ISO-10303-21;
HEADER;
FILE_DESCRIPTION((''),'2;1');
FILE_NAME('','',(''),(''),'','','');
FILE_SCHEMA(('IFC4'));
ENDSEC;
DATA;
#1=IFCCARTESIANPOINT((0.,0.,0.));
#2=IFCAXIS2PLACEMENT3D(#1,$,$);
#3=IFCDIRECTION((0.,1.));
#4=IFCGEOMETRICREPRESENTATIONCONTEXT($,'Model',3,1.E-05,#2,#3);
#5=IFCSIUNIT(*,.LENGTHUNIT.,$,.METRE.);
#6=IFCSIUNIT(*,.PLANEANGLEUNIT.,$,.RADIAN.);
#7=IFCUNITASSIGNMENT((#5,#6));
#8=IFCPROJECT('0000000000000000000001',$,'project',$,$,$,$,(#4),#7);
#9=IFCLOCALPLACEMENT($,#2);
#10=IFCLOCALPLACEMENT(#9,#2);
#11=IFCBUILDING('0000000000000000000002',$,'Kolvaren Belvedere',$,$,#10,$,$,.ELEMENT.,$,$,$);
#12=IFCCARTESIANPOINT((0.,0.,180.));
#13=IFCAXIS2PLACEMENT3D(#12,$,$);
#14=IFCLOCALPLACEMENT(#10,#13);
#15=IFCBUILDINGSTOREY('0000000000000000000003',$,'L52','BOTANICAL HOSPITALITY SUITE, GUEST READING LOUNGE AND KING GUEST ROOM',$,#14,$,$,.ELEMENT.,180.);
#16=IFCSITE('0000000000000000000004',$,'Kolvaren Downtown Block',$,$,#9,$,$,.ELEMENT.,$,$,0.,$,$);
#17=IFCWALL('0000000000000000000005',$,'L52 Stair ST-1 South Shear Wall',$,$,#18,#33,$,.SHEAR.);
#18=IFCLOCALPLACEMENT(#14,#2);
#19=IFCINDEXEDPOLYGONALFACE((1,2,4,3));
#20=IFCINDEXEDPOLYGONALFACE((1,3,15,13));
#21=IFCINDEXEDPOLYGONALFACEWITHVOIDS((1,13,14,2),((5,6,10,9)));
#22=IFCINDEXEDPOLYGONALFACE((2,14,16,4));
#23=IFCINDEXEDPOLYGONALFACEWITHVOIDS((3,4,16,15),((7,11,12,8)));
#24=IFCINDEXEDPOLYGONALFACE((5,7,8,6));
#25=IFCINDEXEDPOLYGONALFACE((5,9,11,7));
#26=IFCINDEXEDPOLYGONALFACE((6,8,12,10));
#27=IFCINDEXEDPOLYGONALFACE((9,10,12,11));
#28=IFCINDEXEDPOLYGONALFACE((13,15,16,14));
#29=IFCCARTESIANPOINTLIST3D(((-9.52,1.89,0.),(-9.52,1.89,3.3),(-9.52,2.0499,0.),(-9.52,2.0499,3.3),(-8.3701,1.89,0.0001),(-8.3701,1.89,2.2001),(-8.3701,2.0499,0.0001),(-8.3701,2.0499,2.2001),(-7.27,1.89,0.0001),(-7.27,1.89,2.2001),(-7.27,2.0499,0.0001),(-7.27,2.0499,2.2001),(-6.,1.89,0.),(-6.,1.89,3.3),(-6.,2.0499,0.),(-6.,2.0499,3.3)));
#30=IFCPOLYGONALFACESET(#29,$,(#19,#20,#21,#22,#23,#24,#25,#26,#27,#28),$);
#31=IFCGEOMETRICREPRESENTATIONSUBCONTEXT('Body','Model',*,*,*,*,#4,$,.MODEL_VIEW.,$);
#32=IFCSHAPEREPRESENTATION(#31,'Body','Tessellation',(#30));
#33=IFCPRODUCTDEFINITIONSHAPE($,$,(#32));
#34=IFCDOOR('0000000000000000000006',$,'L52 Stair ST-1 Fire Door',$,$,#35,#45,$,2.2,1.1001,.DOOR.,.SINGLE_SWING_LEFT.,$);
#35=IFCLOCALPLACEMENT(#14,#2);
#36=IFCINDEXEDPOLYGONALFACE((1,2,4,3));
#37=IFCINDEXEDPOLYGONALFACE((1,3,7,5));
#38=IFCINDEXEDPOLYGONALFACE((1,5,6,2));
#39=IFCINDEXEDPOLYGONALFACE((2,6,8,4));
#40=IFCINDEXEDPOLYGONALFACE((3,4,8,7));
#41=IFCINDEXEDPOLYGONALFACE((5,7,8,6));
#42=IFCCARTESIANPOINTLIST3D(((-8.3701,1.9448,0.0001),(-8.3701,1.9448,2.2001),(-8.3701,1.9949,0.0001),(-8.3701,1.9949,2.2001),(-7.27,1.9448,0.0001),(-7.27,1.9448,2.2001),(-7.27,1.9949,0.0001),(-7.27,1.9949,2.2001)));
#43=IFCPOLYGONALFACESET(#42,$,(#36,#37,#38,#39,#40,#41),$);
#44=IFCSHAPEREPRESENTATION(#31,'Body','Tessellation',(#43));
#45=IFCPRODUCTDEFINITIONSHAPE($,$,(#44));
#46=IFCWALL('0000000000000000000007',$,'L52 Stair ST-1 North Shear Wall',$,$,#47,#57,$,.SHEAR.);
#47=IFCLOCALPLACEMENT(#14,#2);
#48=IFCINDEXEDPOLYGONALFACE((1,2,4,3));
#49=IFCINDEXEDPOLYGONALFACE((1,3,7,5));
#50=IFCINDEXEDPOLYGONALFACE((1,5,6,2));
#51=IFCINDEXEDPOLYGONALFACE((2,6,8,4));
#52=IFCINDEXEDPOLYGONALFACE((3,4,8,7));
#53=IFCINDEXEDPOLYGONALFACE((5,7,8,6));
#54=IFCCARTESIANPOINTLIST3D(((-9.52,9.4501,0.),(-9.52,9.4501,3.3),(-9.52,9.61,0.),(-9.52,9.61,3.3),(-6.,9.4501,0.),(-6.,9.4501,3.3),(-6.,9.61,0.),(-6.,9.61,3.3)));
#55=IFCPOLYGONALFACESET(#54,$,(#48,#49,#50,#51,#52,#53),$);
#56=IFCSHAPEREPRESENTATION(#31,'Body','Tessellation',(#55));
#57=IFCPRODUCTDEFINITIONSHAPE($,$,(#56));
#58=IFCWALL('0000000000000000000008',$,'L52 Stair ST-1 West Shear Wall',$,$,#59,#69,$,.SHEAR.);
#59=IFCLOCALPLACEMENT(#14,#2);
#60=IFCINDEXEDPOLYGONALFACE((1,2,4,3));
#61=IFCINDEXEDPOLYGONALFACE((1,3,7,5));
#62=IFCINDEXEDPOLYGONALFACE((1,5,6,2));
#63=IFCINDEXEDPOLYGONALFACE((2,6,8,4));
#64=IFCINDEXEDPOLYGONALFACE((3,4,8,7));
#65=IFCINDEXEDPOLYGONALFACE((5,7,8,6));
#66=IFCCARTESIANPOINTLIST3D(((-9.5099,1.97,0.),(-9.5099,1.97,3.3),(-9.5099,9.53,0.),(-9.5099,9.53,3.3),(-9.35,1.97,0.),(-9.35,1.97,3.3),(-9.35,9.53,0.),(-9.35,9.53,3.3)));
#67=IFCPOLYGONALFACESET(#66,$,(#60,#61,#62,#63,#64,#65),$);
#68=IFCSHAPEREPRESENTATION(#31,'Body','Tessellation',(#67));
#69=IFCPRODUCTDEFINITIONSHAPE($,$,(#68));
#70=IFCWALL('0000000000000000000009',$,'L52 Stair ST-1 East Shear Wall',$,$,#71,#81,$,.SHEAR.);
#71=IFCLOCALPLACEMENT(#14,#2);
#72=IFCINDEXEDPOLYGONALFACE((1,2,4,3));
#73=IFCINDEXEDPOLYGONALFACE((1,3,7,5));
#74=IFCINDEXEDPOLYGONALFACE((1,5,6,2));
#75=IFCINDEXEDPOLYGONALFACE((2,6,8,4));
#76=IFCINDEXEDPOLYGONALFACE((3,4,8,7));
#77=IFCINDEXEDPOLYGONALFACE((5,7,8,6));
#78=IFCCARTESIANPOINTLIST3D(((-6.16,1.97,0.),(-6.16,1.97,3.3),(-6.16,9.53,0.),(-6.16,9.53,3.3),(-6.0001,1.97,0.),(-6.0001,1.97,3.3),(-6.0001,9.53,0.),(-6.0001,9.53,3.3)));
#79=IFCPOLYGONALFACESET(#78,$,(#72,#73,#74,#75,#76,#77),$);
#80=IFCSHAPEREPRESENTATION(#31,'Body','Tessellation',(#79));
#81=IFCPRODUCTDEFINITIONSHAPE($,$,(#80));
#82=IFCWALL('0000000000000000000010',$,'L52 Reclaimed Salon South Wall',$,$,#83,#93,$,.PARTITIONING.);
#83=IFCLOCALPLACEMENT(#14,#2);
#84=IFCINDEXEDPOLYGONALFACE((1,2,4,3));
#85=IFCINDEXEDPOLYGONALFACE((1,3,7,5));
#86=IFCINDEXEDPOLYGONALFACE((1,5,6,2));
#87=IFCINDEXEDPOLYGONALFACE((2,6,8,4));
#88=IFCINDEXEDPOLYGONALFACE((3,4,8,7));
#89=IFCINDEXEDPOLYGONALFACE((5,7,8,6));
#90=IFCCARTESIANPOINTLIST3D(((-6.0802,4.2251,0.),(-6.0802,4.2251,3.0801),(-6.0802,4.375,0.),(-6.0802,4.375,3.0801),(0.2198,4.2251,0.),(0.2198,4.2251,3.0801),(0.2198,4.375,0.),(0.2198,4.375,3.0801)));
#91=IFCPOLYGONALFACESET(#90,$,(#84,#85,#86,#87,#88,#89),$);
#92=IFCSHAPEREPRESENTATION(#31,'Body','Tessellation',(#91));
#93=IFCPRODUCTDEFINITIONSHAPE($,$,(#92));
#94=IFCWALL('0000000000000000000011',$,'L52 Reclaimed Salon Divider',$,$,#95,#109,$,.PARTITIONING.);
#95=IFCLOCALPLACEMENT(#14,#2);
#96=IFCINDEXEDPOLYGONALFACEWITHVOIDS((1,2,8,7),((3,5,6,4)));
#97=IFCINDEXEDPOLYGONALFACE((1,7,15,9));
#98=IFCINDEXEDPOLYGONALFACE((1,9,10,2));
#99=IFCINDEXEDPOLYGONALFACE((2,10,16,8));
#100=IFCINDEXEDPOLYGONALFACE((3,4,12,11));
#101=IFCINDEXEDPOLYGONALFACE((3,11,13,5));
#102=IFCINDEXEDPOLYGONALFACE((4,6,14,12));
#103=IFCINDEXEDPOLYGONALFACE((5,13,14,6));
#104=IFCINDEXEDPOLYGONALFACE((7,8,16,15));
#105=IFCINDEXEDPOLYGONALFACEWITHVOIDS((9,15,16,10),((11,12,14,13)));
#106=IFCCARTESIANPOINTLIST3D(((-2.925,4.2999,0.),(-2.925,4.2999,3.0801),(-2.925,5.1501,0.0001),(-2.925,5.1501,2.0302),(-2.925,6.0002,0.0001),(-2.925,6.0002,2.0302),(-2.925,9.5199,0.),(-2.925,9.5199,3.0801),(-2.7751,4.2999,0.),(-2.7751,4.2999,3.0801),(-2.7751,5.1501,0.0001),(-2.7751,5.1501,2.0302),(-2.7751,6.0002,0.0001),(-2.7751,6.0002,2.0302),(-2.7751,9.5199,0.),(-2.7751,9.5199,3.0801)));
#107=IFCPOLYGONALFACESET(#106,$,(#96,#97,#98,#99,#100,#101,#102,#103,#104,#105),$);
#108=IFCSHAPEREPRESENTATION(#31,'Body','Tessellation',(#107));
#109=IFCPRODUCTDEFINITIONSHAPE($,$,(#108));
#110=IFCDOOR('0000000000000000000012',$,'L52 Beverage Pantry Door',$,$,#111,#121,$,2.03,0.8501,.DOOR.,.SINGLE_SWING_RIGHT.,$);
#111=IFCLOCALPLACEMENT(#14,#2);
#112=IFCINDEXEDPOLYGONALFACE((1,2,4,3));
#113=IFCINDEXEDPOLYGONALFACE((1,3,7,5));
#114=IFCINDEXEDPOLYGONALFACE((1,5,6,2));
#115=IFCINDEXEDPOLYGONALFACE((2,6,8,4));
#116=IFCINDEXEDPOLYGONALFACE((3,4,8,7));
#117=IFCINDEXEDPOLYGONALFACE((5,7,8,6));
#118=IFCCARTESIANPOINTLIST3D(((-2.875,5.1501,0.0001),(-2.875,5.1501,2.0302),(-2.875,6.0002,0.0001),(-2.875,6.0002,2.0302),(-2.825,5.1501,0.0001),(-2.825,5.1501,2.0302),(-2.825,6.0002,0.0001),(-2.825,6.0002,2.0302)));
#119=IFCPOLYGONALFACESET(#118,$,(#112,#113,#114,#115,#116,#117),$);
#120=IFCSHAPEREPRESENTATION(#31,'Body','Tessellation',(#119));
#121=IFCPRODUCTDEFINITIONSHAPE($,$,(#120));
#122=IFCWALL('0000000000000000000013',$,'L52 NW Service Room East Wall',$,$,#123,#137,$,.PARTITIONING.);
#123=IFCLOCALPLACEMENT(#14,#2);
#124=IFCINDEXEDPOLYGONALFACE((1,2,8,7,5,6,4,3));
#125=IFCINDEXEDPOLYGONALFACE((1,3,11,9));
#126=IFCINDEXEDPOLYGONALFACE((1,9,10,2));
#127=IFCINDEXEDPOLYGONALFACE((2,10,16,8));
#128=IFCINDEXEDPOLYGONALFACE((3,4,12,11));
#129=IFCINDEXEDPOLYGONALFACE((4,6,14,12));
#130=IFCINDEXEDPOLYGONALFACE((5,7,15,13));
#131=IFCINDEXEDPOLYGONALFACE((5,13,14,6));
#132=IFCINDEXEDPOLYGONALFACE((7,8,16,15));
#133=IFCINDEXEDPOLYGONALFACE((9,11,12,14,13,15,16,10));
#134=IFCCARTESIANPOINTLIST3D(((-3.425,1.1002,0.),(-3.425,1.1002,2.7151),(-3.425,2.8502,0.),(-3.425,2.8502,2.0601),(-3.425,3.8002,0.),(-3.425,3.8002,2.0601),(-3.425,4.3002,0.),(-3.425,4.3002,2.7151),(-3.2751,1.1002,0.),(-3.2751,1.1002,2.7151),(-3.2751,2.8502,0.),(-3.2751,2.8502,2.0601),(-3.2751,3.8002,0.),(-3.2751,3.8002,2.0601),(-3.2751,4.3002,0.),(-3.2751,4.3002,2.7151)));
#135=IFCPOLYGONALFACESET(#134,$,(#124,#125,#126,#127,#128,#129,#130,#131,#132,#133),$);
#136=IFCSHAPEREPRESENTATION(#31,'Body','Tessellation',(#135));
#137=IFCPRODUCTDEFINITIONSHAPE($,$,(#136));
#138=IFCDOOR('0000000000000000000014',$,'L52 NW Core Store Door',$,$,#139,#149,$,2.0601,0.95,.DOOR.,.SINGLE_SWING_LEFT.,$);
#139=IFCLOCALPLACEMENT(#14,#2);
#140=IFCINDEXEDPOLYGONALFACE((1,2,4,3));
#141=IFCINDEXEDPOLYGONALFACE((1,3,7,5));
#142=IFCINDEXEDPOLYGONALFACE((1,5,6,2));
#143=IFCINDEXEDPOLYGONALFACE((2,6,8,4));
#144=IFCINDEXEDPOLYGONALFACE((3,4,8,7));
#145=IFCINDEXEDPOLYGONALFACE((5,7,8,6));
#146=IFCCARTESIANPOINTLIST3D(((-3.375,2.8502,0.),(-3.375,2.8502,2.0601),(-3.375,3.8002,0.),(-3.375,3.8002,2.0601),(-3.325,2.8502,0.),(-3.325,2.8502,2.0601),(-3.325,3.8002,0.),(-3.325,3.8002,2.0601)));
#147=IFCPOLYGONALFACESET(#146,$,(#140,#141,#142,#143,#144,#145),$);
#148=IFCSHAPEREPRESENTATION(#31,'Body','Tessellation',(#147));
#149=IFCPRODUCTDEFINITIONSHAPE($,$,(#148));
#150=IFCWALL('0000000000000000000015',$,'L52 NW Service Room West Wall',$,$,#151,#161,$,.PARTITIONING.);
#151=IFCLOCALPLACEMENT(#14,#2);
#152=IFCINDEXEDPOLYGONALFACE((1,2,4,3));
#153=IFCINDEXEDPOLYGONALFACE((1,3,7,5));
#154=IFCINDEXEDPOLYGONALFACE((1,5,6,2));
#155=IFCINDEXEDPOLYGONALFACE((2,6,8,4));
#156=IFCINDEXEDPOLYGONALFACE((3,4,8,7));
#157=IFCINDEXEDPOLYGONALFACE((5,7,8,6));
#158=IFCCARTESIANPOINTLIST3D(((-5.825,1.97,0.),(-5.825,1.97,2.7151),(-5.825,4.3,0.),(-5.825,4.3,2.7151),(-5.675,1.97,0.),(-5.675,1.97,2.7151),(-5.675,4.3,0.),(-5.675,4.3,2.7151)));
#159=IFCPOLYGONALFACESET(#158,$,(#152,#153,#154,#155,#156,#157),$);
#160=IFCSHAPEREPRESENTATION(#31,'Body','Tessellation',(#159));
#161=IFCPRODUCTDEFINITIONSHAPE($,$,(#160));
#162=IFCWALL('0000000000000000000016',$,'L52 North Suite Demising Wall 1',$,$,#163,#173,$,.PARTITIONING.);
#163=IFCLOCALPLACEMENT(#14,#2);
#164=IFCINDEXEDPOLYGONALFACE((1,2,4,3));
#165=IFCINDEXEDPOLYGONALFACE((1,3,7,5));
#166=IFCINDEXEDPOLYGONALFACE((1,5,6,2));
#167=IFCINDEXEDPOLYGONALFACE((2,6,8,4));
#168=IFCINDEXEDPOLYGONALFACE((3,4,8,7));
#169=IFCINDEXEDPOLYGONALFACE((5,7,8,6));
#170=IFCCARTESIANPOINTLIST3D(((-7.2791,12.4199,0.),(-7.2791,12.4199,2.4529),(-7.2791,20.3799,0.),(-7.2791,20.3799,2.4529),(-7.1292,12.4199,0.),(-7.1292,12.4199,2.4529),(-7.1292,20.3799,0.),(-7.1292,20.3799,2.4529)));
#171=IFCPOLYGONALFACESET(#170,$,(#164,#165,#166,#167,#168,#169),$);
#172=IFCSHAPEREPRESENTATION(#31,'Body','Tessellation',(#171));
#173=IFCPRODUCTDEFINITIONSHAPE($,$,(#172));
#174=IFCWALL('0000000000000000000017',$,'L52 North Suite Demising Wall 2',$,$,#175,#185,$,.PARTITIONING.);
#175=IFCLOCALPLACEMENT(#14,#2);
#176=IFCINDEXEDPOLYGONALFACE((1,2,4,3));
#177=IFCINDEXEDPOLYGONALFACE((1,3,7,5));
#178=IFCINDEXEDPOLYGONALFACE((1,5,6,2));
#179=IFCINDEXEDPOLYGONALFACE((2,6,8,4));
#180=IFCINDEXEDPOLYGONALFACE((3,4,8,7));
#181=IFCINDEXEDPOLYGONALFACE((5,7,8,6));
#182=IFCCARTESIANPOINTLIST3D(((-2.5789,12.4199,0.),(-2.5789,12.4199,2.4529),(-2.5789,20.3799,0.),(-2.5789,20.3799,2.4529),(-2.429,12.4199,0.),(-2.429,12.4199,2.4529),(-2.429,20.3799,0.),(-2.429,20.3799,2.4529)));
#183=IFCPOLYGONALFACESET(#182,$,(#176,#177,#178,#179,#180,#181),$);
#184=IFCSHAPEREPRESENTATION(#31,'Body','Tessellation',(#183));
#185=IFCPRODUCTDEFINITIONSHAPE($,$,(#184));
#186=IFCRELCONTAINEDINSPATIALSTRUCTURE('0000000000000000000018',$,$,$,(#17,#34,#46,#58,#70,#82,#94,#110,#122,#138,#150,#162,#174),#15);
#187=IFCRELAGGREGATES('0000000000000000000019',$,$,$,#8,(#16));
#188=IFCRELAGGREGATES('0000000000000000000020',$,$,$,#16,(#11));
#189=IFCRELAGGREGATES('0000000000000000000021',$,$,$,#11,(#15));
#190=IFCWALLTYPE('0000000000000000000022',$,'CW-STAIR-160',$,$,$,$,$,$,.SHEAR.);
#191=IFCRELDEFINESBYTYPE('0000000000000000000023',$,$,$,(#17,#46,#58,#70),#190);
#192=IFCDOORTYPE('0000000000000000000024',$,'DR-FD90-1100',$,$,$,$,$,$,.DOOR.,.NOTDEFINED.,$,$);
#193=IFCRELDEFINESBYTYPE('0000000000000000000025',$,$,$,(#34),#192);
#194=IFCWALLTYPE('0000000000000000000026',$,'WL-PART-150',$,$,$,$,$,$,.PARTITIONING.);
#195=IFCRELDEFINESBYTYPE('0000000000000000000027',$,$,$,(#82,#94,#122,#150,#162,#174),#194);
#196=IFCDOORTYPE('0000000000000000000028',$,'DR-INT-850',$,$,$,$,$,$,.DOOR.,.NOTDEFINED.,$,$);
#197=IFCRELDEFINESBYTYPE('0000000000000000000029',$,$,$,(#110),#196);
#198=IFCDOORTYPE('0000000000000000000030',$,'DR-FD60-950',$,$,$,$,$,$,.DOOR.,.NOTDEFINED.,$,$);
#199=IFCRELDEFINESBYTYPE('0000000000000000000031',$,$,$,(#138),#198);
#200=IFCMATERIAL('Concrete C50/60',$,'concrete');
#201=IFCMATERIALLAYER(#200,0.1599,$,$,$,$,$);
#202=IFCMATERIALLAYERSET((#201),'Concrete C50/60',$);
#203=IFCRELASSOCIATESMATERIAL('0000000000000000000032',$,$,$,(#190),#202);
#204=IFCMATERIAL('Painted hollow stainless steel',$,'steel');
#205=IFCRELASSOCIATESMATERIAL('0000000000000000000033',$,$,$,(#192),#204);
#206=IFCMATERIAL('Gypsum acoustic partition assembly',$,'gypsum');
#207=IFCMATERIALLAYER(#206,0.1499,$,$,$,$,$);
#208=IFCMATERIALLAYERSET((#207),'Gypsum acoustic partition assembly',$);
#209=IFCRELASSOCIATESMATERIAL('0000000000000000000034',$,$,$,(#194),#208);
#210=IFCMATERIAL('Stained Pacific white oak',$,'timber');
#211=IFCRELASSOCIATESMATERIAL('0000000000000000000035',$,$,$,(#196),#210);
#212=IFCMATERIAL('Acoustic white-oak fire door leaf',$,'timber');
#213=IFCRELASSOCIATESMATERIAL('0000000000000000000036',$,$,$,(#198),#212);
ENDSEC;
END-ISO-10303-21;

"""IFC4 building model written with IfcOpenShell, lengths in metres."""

from ifc_helpers import new_model, si_unit, direction, frame, frame_2d, origin, place, context, subcontext, project, spatial, rectangle, extrude, material, layer, layer_set, type_object, element, fill, save


model = new_model("IFC4")

# Units and contexts
model_context = context("Model", 3, precision=1e-05, world=origin(), true_north=direction((0.0, 1.0)))
body_context = subcontext(model_context, "Body", "Model", "MODEL_VIEW")
ifc_project = project(units=[si_unit("LENGTHUNIT", "METRE"), si_unit("PLANEANGLEUNIT", "RADIAN")], contexts=[model_context])

# Site, building, storey
site_placement = place(None, origin())
site = spatial("IfcSite", under=ifc_project, at=site_placement, Name="Kolvaren Downtown Block", CompositionType="ELEMENT", RefElevation=0.0)
building_placement = place(site_placement, origin())
building = spatial("IfcBuilding", under=site, at=building_placement, Name="Kolvaren Belvedere", CompositionType="ELEMENT")
storey_placement = place(building_placement, frame((0.0, 0.0, 180.0)))
storey = spatial("IfcBuildingStorey", under=building, at=storey_placement, Name="L52", Description="BOTANICAL HOSPITALITY SUITE, GUEST READING LOUNGE AND KING GUEST ROOM", CompositionType="ELEMENT", Elevation=180.0)

# Wall, opening, door
ifc_material_1 = material(Name="Concrete C50/60", Category="concrete")
ifc_layer_1 = layer(ifc_material_1, 0.1599)
ifc_layer_set_1 = layer_set([ifc_layer_1], Name="Concrete C50/60")
wall_type_1 = type_object("IfcWallType", Name="CW-STAIR-160", PredefinedType="SHEAR", material=ifc_layer_set_1)
wall_1_placement = place(storey_placement, frame((-9.52, 1.97, 0.0), z_axis=(0.0, 0.0, 1.0), x_axis=(1.0, 0.0, 0.0)))
wall_1 = element("IfcWall", 1, at=wall_1_placement, inside=storey, type_object=wall_type_1, Name="L52 Stair ST-1 South Shear Wall", PredefinedType="SHEAR", context=body_context, shape_type="SweptSolid", body=[
    extrude(rectangle(XDim=3.52, YDim=0.1599, at=frame_2d((1.76, 0.0))), origin(), (0.0, 0.0, 1.0), 3.3),
])
opening_1_placement = place(wall_1_placement, frame((1.1499, 0.0, 0.0)))
opening_1 = element("IfcOpeningElement", 2, at=opening_1_placement, cuts=wall_1, PredefinedType="OPENING", context=body_context, shape_type="SweptSolid", body=[
    extrude(rectangle(XDim=1.1001, YDim=2.2, at=frame_2d((0.55, 1.1001))), frame((0.0, 0.0898, 0.0), z_axis=(0.0, -1.0, 0.0), x_axis=(1.0, 0.0, 0.0)), (0.0, 0.0, 1.0), 0.1799),
])
ifc_material_2 = material(Name="Painted hollow stainless steel", Category="steel")
door_type_1 = type_object("IfcDoorType", Name="DR-FD90-1100", OperationType="NOTDEFINED", PredefinedType="DOOR", material=ifc_material_2)
door_1_placement = place(opening_1_placement, origin())
door_1 = element("IfcDoor", 3, at=door_1_placement, inside=storey, type_object=door_type_1, Name="L52 Stair ST-1 Fire Door", OperationType="SINGLE_SWING_LEFT", OverallHeight=2.2, OverallWidth=1.1001, PredefinedType="DOOR", context=body_context, shape_type="SweptSolid", body=[
    extrude(rectangle(XDim=1.1001, YDim=2.2, at=frame_2d((0.55, 1.1001))), frame((0.0, 0.0249, 0.0), z_axis=(0.0, -1.0, 0.0), x_axis=(1.0, 0.0, 0.0)), (0.0, 0.0, 1.0), 0.05),
])
fill(opening_1, door_1)

# Walls
wall_2_placement = place(storey_placement, frame((-9.52, 9.53, 0.0), z_axis=(0.0, 0.0, 1.0), x_axis=(1.0, 0.0, 0.0)))
element("IfcWall", 4, at=wall_2_placement, inside=storey, type_object=wall_type_1, Name="L52 Stair ST-1 North Shear Wall", PredefinedType="SHEAR", context=body_context, shape_type="SweptSolid", body=[
    extrude(rectangle(XDim=3.52, YDim=0.1599, at=frame_2d((1.76, 0.0))), origin(), (0.0, 0.0, 1.0), 3.3),
])
for number, where, z_axis, x_axis, name in (
    (5, (-9.4299, 1.97, 0.0), (0.0, 0.0, 1.0), (0.0, 1.0, 0.0), "L52 Stair ST-1 West Shear Wall"),
    (6, (-6.0801, 1.97, 0.0), (0.0, 0.0, 1.0), (0.0, 1.0, 0.0), "L52 Stair ST-1 East Shear Wall"),
):
    element("IfcWall", number, at=place(storey_placement, frame(where, z_axis=z_axis, x_axis=x_axis)), inside=storey, type_object=wall_type_1, Name=name, PredefinedType="SHEAR", context=body_context, shape_type="SweptSolid", body=[
        extrude(rectangle(XDim=7.5601, YDim=0.1599, at=frame_2d((3.78, 0.0))), origin(), (0.0, 0.0, 1.0), 3.3),
    ])
ifc_material_3 = material(Name="Gypsum acoustic partition assembly", Category="gypsum")
ifc_layer_2 = layer(ifc_material_3, 0.1499)
ifc_layer_set_2 = layer_set([ifc_layer_2], Name="Gypsum acoustic partition assembly")
wall_type_2 = type_object("IfcWallType", Name="WL-PART-150", PredefinedType="PARTITIONING", material=ifc_layer_set_2)
wall_3_placement = place(storey_placement, frame((-6.0801, 4.3, 0.0), z_axis=(0.0, 0.0, 1.0), x_axis=(1.0, 0.0, 0.0)))
element("IfcWall", 7, at=wall_3_placement, inside=storey, type_object=wall_type_2, Name="L52 Reclaimed Salon South Wall", PredefinedType="PARTITIONING", context=body_context, shape_type="SweptSolid", body=[
    extrude(rectangle(XDim=6.3, YDim=0.1499, at=frame_2d((3.1499, 0.0))), origin(), (0.0, 0.0, 1.0), 3.0801),
])

# Walls, openings, doors
wall_4_placement = place(storey_placement, frame((-2.8501, 4.3, 0.0), z_axis=(0.0, 0.0, 1.0), x_axis=(0.0, 1.0, 0.0)))
wall_4 = element("IfcWall", 8, at=wall_4_placement, inside=storey, type_object=wall_type_2, Name="L52 Reclaimed Salon Divider", PredefinedType="PARTITIONING", context=body_context, shape_type="SweptSolid", body=[
    extrude(rectangle(XDim=5.22, YDim=0.1499, at=frame_2d((2.6099, 0.0))), origin(), (0.0, 0.0, 1.0), 3.0801),
])
opening_2_placement = place(wall_4_placement, frame((0.8501, 0.0, 0.0)))
opening_2 = element("IfcOpeningElement", 9, at=opening_2_placement, cuts=wall_4, PredefinedType="OPENING", context=body_context, shape_type="SweptSolid", body=[
    extrude(rectangle(XDim=0.8501, YDim=2.03, at=frame_2d((0.425, 1.0151))), frame((0.0, 0.085, 0.0), z_axis=(0.0, -1.0, 0.0), x_axis=(1.0, 0.0, 0.0)), (0.0, 0.0, 1.0), 0.1699),
])
ifc_material_4 = material(Name="Stained Pacific white oak", Category="timber")
door_type_2 = type_object("IfcDoorType", Name="DR-INT-850", OperationType="NOTDEFINED", PredefinedType="DOOR", material=ifc_material_4)
door_2_placement = place(opening_2_placement, origin())
door_2 = element("IfcDoor", 10, at=door_2_placement, inside=storey, type_object=door_type_2, Name="L52 Beverage Pantry Door", OperationType="SINGLE_SWING_RIGHT", OverallHeight=2.03, OverallWidth=0.8501, PredefinedType="DOOR", context=body_context, shape_type="SweptSolid", body=[
    extrude(rectangle(XDim=0.8501, YDim=2.03, at=frame_2d((0.425, 1.0151))), frame((0.0, 0.0249, 0.0), z_axis=(0.0, -1.0, 0.0), x_axis=(1.0, 0.0, 0.0)), (0.0, 0.0, 1.0), 0.05),
])
fill(opening_2, door_2)
wall_5_placement = place(storey_placement, frame((-3.3501, 1.1001, 0.0), z_axis=(0.0, 0.0, 1.0), x_axis=(0.0, 1.0, 0.0)))
wall_5 = element("IfcWall", 11, at=wall_5_placement, inside=storey, type_object=wall_type_2, Name="L52 NW Service Room East Wall", PredefinedType="PARTITIONING", context=body_context, shape_type="SweptSolid", body=[
    extrude(rectangle(XDim=3.2, YDim=0.1499, at=frame_2d((1.6001, 0.0))), origin(), (0.0, 0.0, 1.0), 2.7151),
])
opening_3_placement = place(wall_5_placement, frame((1.75, 0.0, 0.0)))
opening_3 = element("IfcOpeningElement", 12, at=opening_3_placement, cuts=wall_5, PredefinedType="OPENING", context=body_context, shape_type="SweptSolid", body=[
    extrude(rectangle(XDim=0.95, YDim=2.0601, at=frame_2d((0.4751, 1.03))), frame((0.0, 0.085, 0.0), z_axis=(0.0, -1.0, 0.0), x_axis=(1.0, 0.0, 0.0)), (0.0, 0.0, 1.0), 0.1699),
])
ifc_material_5 = material(Name="Acoustic white-oak fire door leaf", Category="timber")
door_type_3 = type_object("IfcDoorType", Name="DR-FD60-950", OperationType="NOTDEFINED", PredefinedType="DOOR", material=ifc_material_5)
door_3_placement = place(opening_3_placement, origin())
door_3 = element("IfcDoor", 13, at=door_3_placement, inside=storey, type_object=door_type_3, Name="L52 NW Core Store Door", OperationType="SINGLE_SWING_LEFT", OverallHeight=2.0601, OverallWidth=0.95, PredefinedType="DOOR", context=body_context, shape_type="SweptSolid", body=[
    extrude(rectangle(XDim=0.95, YDim=2.0601, at=frame_2d((0.4751, 1.03))), frame((0.0, 0.0249, 0.0), z_axis=(0.0, -1.0, 0.0), x_axis=(1.0, 0.0, 0.0)), (0.0, 0.0, 1.0), 0.05),
])
fill(opening_3, door_3)

# Walls
wall_6_placement = place(storey_placement, frame((-5.75, 1.97, 0.0), z_axis=(0.0, 0.0, 1.0), x_axis=(0.0, 1.0, 0.0)))
element("IfcWall", 14, at=wall_6_placement, inside=storey, type_object=wall_type_2, Name="L52 NW Service Room West Wall", PredefinedType="PARTITIONING", context=body_context, shape_type="SweptSolid", body=[
    extrude(rectangle(XDim=2.3301, YDim=0.1499, at=frame_2d((1.165, 0.0))), origin(), (0.0, 0.0, 1.0), 2.7151),
])
for number, where, z_axis, x_axis, name in (
    (15, (-7.2041, 12.4199, 0.0), (0.0, 0.0, 1.0), (0.0, 1.0, 0.0), "L52 North Suite Demising Wall 1"),
    (16, (-2.5039, 12.4199, 0.0), (0.0, 0.0, 1.0), (0.0, 1.0, 0.0), "L52 North Suite Demising Wall 2"),
):
    element("IfcWall", number, at=place(storey_placement, frame(where, z_axis=z_axis, x_axis=x_axis)), inside=storey, type_object=wall_type_2, Name=name, PredefinedType="PARTITIONING", context=body_context, shape_type="SweptSolid", body=[
        extrude(rectangle(XDim=7.96, YDim=0.1499, at=frame_2d((3.98, 0.0))), origin(), (0.0, 0.0, 1.0), 2.4529),
    ])

save(model, "model.ifc")
